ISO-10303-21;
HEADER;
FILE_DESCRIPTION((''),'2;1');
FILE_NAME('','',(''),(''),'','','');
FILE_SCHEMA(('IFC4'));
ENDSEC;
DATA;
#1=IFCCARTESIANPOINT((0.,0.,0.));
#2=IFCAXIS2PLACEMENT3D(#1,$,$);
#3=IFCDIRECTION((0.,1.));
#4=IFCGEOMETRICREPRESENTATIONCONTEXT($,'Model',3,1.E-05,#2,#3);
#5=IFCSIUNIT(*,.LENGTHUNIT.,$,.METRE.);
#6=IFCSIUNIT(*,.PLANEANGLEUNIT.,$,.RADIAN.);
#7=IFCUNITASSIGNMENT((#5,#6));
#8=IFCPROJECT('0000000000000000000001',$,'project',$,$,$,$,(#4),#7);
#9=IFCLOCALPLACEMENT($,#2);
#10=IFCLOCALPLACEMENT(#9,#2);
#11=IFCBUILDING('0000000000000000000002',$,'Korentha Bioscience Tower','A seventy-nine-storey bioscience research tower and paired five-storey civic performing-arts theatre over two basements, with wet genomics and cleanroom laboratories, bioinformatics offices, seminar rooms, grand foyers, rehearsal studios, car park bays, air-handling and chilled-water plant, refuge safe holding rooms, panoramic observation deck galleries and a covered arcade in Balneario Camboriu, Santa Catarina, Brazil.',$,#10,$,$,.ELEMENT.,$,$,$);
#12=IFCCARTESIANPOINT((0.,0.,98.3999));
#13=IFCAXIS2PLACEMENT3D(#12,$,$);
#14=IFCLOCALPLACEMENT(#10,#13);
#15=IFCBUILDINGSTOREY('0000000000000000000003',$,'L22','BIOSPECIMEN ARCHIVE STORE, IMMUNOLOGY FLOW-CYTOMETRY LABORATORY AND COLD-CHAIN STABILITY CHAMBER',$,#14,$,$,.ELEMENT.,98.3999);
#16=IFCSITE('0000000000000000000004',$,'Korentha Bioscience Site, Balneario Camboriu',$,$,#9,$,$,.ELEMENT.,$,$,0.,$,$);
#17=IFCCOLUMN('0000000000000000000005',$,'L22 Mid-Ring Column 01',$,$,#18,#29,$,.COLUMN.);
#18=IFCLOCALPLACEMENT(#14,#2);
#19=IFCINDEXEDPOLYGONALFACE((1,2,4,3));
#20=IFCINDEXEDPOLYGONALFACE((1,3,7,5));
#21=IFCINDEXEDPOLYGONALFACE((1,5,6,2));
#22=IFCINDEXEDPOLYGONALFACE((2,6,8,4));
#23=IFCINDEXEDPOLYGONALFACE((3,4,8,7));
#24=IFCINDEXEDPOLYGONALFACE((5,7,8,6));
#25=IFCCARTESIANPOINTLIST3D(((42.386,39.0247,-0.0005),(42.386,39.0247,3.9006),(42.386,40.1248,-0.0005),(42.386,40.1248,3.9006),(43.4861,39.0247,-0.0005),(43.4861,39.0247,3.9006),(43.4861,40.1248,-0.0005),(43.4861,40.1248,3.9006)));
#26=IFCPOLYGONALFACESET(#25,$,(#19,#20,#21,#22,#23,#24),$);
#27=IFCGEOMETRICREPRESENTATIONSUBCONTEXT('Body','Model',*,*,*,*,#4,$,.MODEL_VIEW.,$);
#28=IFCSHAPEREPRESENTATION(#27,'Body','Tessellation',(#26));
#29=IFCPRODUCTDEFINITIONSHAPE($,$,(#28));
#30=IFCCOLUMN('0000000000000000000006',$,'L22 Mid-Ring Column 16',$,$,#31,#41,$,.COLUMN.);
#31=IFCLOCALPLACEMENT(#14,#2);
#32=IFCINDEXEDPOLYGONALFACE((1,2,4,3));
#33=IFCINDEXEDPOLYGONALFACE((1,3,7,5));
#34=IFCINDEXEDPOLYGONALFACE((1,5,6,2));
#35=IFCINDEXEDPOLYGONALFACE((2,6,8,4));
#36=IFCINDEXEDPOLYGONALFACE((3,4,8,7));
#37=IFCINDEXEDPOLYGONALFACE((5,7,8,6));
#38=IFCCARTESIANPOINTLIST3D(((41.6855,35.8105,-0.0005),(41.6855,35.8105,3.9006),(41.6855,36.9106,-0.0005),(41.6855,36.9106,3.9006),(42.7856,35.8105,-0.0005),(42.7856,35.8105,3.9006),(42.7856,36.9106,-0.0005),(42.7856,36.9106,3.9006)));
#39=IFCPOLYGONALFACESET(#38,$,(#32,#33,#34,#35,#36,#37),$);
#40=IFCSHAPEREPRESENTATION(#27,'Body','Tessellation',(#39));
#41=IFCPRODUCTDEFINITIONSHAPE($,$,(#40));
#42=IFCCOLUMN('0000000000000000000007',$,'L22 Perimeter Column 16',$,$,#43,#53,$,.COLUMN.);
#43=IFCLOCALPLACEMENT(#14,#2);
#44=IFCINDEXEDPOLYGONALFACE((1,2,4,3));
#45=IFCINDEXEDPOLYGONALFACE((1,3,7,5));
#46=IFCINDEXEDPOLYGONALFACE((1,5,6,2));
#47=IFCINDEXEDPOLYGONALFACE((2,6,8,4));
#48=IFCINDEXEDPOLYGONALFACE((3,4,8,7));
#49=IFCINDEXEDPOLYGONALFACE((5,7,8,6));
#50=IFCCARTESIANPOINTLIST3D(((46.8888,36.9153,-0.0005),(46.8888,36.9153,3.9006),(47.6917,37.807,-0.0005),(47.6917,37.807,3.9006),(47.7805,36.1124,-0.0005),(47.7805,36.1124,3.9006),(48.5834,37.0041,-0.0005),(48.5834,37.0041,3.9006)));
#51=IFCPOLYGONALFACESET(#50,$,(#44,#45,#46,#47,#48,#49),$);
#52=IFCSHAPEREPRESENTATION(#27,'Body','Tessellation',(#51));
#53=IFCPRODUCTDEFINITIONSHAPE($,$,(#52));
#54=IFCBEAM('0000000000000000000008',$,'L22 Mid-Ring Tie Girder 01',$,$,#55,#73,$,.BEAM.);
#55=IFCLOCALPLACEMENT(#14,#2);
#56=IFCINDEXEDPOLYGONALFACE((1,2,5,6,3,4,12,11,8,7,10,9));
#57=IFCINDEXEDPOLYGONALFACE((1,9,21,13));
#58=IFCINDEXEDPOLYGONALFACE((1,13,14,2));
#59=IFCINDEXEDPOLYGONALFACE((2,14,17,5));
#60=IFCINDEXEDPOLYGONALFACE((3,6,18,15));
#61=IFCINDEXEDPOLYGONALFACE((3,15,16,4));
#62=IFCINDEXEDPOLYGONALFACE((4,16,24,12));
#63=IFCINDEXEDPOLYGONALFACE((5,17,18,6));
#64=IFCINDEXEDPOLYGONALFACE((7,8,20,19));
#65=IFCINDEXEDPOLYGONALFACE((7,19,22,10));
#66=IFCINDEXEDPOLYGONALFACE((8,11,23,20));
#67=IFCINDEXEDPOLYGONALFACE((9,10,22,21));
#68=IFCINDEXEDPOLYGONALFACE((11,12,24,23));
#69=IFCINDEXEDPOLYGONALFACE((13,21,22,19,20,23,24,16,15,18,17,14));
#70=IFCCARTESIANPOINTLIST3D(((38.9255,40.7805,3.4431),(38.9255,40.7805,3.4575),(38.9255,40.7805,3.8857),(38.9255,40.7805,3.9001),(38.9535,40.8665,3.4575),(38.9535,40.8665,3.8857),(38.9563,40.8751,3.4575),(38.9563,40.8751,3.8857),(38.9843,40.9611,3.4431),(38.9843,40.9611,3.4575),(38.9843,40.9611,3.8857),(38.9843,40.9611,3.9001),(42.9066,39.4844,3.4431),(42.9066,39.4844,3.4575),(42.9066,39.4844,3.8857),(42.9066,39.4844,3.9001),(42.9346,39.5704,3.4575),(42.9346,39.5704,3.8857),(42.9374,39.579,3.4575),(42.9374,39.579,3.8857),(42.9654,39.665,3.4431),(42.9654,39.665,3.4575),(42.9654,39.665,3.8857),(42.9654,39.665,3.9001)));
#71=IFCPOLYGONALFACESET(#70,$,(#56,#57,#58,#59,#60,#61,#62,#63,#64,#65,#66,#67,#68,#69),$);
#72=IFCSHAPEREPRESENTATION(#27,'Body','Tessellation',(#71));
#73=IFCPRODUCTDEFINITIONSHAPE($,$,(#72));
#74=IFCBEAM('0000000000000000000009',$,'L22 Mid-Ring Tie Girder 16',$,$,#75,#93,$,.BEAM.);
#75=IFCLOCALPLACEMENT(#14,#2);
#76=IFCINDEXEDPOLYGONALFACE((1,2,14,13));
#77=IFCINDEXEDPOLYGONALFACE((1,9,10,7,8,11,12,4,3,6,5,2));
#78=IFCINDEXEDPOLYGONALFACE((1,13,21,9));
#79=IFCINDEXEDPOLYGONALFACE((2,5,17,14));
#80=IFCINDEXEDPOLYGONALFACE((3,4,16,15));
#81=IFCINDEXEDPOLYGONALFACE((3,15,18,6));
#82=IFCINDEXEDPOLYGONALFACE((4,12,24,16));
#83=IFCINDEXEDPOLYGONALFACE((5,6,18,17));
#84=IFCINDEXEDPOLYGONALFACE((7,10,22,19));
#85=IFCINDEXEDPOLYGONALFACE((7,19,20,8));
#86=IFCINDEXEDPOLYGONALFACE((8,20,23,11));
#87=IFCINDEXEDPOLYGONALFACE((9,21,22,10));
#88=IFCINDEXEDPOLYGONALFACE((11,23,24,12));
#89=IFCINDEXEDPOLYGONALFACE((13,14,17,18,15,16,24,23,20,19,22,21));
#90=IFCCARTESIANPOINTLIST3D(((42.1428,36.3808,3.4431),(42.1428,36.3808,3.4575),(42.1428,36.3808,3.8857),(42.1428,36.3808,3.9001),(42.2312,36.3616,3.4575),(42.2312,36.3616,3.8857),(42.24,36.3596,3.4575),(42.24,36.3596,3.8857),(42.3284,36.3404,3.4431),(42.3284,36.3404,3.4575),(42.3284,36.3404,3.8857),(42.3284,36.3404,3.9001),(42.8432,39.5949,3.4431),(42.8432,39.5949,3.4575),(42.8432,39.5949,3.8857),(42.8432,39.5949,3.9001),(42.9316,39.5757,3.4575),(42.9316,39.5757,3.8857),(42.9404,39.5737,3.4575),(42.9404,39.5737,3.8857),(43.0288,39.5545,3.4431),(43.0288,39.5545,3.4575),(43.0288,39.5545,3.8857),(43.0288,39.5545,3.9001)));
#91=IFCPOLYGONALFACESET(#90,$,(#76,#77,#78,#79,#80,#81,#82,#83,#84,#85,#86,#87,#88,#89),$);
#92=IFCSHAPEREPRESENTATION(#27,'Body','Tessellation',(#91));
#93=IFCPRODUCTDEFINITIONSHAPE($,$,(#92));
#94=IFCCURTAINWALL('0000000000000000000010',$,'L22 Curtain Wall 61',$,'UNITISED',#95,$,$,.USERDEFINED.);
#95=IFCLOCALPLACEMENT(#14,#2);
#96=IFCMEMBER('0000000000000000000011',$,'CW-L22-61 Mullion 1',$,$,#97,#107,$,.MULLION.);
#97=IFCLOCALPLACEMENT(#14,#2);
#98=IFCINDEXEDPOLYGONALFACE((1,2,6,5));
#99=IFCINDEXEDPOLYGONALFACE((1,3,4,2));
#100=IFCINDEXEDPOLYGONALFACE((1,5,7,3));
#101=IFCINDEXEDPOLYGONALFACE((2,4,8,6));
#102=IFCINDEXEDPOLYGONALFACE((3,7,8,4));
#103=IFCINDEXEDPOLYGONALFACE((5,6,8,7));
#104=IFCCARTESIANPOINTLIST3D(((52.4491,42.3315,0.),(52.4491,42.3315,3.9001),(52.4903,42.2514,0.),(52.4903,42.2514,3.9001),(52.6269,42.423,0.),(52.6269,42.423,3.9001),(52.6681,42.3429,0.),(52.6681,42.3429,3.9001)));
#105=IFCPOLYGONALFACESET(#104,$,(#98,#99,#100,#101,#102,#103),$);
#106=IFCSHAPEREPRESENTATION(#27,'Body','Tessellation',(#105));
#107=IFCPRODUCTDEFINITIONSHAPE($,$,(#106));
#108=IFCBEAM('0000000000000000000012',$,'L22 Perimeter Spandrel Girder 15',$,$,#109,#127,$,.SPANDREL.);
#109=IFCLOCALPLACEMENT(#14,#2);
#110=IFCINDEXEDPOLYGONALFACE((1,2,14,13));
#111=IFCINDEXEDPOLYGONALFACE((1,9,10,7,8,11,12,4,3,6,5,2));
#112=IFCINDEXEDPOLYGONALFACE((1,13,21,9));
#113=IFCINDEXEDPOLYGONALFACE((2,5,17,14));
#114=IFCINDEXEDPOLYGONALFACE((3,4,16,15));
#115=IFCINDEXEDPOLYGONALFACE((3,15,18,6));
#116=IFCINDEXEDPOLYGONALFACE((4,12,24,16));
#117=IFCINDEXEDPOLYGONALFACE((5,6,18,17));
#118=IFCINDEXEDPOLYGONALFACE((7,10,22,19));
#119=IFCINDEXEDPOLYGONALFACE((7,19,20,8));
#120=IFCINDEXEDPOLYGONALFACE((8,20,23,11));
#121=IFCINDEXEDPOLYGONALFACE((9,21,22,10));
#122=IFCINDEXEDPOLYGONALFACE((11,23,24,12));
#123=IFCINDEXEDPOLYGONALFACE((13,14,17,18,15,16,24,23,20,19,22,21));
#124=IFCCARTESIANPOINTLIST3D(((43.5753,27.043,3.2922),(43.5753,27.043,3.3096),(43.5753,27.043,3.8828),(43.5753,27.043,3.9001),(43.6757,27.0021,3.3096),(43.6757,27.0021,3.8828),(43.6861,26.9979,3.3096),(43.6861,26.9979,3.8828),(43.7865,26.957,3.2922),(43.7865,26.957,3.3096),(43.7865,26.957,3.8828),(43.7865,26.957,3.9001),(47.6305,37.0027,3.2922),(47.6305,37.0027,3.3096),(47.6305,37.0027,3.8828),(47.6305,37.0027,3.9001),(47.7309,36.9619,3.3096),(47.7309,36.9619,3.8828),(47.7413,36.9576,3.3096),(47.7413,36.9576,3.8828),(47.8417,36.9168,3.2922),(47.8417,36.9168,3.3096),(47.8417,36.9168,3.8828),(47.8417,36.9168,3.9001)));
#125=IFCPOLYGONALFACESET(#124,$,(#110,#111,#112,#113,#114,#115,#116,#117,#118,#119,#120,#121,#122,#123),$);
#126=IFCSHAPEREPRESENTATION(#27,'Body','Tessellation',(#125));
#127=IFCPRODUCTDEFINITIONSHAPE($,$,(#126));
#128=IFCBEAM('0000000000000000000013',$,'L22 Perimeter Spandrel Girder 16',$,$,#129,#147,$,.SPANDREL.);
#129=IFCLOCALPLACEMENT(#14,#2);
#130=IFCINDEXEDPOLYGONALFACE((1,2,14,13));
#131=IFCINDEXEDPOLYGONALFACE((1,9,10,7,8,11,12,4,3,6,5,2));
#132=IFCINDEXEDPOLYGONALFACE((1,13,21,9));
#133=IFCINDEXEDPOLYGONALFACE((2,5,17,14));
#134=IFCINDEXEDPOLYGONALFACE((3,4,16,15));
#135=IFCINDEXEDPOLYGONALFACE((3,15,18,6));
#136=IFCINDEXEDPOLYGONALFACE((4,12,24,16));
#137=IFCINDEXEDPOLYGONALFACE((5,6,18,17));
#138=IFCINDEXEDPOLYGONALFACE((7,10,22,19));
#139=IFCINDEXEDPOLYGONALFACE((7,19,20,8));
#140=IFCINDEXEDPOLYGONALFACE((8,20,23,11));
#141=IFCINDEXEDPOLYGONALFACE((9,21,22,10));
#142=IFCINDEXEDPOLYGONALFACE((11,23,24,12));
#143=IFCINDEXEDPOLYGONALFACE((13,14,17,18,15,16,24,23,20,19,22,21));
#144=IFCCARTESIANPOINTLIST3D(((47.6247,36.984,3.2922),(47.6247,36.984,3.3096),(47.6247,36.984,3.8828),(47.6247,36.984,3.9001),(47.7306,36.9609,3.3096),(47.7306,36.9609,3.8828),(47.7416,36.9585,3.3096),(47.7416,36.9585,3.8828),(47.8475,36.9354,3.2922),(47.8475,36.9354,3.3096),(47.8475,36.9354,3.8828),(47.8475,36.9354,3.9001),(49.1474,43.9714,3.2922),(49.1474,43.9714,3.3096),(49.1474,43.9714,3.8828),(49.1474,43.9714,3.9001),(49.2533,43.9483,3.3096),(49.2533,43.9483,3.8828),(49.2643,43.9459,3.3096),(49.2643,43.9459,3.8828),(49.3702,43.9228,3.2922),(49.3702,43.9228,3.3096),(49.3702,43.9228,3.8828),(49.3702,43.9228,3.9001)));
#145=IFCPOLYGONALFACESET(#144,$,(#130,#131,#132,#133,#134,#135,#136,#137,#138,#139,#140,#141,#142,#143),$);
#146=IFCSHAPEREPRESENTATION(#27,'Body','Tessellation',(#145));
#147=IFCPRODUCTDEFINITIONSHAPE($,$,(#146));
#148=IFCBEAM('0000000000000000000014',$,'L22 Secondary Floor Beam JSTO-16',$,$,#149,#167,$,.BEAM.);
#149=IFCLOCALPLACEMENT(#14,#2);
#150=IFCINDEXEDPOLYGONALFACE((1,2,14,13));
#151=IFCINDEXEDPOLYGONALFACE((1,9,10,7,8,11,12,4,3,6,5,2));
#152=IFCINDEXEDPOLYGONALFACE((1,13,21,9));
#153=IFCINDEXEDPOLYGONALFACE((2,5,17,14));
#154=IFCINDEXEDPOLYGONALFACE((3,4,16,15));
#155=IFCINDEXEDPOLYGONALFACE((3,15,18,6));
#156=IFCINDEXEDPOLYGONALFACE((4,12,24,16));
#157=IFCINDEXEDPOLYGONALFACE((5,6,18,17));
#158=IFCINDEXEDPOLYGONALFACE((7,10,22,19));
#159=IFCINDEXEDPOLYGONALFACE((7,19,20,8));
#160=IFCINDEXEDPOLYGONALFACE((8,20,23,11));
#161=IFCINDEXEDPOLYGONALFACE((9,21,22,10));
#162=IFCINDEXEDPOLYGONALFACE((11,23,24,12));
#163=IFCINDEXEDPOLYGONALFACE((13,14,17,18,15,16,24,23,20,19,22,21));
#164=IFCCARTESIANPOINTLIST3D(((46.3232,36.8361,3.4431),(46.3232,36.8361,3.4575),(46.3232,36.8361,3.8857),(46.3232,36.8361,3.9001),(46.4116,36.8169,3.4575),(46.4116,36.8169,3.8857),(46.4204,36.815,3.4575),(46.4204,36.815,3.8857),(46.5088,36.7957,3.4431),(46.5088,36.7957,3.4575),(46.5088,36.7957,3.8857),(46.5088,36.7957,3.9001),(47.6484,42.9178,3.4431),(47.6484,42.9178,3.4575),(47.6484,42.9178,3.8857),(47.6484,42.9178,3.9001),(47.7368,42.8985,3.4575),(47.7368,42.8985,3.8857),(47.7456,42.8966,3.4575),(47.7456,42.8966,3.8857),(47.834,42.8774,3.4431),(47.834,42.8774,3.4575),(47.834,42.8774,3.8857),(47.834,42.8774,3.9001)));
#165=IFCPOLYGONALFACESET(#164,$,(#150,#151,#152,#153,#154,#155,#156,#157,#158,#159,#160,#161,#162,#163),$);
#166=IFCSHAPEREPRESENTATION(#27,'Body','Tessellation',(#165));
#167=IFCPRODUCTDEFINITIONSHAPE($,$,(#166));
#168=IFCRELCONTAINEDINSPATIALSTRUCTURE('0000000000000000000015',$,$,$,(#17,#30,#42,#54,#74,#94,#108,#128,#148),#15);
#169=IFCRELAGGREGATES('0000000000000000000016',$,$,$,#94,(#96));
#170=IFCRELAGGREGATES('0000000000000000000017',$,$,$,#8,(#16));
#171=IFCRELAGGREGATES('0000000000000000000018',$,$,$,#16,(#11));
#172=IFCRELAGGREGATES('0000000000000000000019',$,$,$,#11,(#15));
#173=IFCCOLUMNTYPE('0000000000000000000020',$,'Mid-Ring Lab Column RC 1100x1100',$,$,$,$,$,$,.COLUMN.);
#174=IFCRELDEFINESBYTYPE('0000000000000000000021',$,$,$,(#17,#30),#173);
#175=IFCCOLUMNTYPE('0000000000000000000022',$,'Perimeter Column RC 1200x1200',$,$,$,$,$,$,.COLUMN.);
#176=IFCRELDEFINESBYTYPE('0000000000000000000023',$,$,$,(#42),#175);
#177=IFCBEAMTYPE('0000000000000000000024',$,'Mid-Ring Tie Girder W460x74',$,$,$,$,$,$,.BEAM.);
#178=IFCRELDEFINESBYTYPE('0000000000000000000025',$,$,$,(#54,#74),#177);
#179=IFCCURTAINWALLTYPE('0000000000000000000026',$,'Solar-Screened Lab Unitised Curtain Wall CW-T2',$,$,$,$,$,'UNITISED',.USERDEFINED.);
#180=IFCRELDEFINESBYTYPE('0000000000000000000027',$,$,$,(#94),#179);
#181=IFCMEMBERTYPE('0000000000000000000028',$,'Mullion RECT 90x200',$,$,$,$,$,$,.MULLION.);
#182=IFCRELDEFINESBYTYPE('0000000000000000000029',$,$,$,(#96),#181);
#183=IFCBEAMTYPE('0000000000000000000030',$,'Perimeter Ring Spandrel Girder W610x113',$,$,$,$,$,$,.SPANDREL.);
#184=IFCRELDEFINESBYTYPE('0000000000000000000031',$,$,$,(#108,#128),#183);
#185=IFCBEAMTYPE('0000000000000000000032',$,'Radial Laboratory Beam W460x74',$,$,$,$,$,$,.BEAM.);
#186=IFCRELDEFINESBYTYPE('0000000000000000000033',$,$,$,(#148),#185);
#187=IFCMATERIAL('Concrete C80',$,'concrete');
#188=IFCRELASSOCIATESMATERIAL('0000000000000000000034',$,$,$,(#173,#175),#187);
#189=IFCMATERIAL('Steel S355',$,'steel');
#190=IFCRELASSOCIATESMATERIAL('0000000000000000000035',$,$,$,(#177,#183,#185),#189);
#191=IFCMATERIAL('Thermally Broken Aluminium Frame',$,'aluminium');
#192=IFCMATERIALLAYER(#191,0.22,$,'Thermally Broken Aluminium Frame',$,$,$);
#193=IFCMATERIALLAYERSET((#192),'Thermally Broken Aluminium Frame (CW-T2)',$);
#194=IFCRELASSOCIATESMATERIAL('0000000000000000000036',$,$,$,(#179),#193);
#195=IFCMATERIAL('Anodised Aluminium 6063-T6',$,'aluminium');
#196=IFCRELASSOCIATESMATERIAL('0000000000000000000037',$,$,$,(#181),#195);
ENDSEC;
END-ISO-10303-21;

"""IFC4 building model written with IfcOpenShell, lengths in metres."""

from ifc_helpers import new_model, si_unit, direction, frame, origin, origin_2d, place, context, subcontext, project, spatial, rectangle, i_section, extrude, material, layer, layer_set, material_profile, profile_set, type_object, element, aggregate, save


model = new_model("IFC4")

# Units and contexts
model_context = context("Model", 3, precision=1e-05, world=origin(), true_north=direction((0.0, 1.0)))
body_context = subcontext(model_context, "Body", "Model", "MODEL_VIEW")
ifc_project = project(units=[si_unit("LENGTHUNIT", "METRE"), si_unit("PLANEANGLEUNIT", "RADIAN")], contexts=[model_context])

# Site, building, storey
site_placement = place(None, origin())
site = spatial("IfcSite", under=ifc_project, at=site_placement, Name="Korentha Bioscience Site, Balneario Camboriu", CompositionType="ELEMENT", RefElevation=0.0)
building_placement = place(site_placement, origin())
building = spatial("IfcBuilding", under=site, at=building_placement, Name="Korentha Bioscience Tower", Description="A seventy-nine-storey bioscience research tower and paired five-storey civic performing-arts theatre over two basements, with wet genomics and cleanroom laboratories, bioinformatics offices, seminar rooms, grand foyers, rehearsal studios, car park bays, air-handling and chilled-water plant, refuge safe holding rooms, panoramic observation deck galleries and a covered arcade in Balneario Camboriu, Santa Catarina, Brazil.", CompositionType="ELEMENT")
storey_placement = place(building_placement, frame((0.0, 0.0, 98.3999)))
storey = spatial("IfcBuildingStorey", under=building, at=storey_placement, Name="L22", Description="BIOSPECIMEN ARCHIVE STORE, IMMUNOLOGY FLOW-CYTOMETRY LABORATORY AND COLD-CHAIN STABILITY CHAMBER", CompositionType="ELEMENT", Elevation=98.3999)

# Columns
ifc_material_1 = material(Name="Concrete C80", Category="concrete")
ifc_material_profile_1 = material_profile(ifc_material_1, rectangle(XDim=1.1001, YDim=1.1001, at=origin_2d()), Name="Concrete C80")
ifc_profile_set_1 = profile_set([ifc_material_profile_1], Name="Concrete C80 (COL-MR11)")
column_type_1 = type_object("IfcColumnType", Name="Mid-Ring Lab Column RC 1100x1100", PredefinedType="COLUMN", material=ifc_profile_set_1)
for number, where, z_axis, x_axis, name in (
    (1, (42.936, 39.5747, -0.0005), (0.0, 0.0, 1.0), (1.0, 0.0, 0.0), "L22 Mid-Ring Column 01"),
    (2, (42.2356, 36.3606, -0.0005), (0.0, 0.0, 1.0), (1.0, 0.0, 0.0), "L22 Mid-Ring Column 16"),
):
    element("IfcColumn", number, at=place(storey_placement, frame(where, z_axis=z_axis, x_axis=x_axis)), inside=storey, type_object=column_type_1, Name=name, PredefinedType="COLUMN", context=body_context, shape_type="SweptSolid", body=[
        extrude(rectangle(XDim=1.1001, YDim=1.1001, at=origin_2d()), origin(), (0.0, 0.0, 1.0), 3.9011),
    ])
ifc_material_profile_2 = material_profile(ifc_material_1, rectangle(XDim=1.2, YDim=1.2, at=origin_2d()), Name="Concrete C80")
ifc_profile_set_2 = profile_set([ifc_material_profile_2], Name="Concrete C80 (COL-P12)")
column_type_2 = type_object("IfcColumnType", Name="Perimeter Column RC 1200x1200", PredefinedType="COLUMN", material=ifc_profile_set_2)
column_placement = place(storey_placement, frame((47.7361, 36.9597, -0.0005), z_axis=(0.0, 0.0, 1.0), x_axis=(0.669131, 0.743145, 0.0)))
element("IfcColumn", 3, at=column_placement, inside=storey, type_object=column_type_2, Name="L22 Perimeter Column 16", PredefinedType="COLUMN", context=body_context, shape_type="SweptSolid", body=[
    extrude(rectangle(XDim=1.2, YDim=1.2, at=origin_2d()), origin(), (0.0, 0.0, 1.0), 3.9011),
])

# Beams
ifc_material_2 = material(Name="Steel S355", Category="steel")
ifc_material_profile_3 = material_profile(ifc_material_2, i_section(OverallWidth=0.1899, OverallDepth=0.457, WebThickness=0.009, FlangeThickness=0.0144, at=origin_2d()), Name="Steel S355")
ifc_profile_set_3 = profile_set([ifc_material_profile_3], Name="Steel S355 (MB-460)")
beam_type_1 = type_object("IfcBeamType", Name="Mid-Ring Tie Girder W460x74", PredefinedType="BEAM", material=ifc_profile_set_3)
beam_1_placement = place(storey_placement, frame((42.936, 39.5747, 3.6716), z_axis=(-0.950876, 0.309573, 0.0), x_axis=(-0.309573, -0.950876, 0.0)))
element("IfcBeam", 4, at=beam_1_placement, inside=storey, type_object=beam_type_1, Name="L22 Mid-Ring Tie Girder 01", PredefinedType="BEAM", context=body_context, shape_type="SweptSolid", body=[
    extrude(i_section(OverallWidth=0.1899, OverallDepth=0.457, WebThickness=0.009, FlangeThickness=0.0144, at=origin_2d()), origin(), (0.0, 0.0, 1.0), 4.1868),
])
beam_2_placement = place(storey_placement, frame((42.2356, 36.3606, 3.6716), z_axis=(0.212929, 0.977068, 0.0), x_axis=(-0.977068, 0.212929, 0.0)))
element("IfcBeam", 5, at=beam_2_placement, inside=storey, type_object=beam_type_1, Name="L22 Mid-Ring Tie Girder 16", PredefinedType="BEAM", context=body_context, shape_type="SweptSolid", body=[
    extrude(i_section(OverallWidth=0.1899, OverallDepth=0.457, WebThickness=0.009, FlangeThickness=0.0144, at=origin_2d()), origin(), (0.0, 0.0, 1.0), 3.2896),
])

# Curtain wall, member
ifc_material_3 = material(Name="Thermally Broken Aluminium Frame", Category="aluminium")
ifc_layer_1 = layer(ifc_material_3, 0.22, Name="Thermally Broken Aluminium Frame")
ifc_layer_set_1 = layer_set([ifc_layer_1], Name="Thermally Broken Aluminium Frame (CW-T2)")
curtain_wall_type = type_object("IfcCurtainWallType", Name="Solar-Screened Lab Unitised Curtain Wall CW-T2", ElementType="UNITISED", PredefinedType="USERDEFINED", material=ifc_layer_set_1)
curtain_wall_placement = place(storey_placement, origin())
curtain_wall = element("IfcCurtainWall", 6, at=curtain_wall_placement, inside=storey, type_object=curtain_wall_type, Name="L22 Curtain Wall 61", ObjectType="UNITISED", PredefinedType="USERDEFINED")
ifc_material_4 = material(Name="Anodised Aluminium 6063-T6", Category="aluminium")
ifc_material_profile_4 = material_profile(ifc_material_4, rectangle(XDim=0.0901, YDim=0.2, at=origin_2d()), Name="Anodised Aluminium 6063-T6")
ifc_profile_set_4 = profile_set([ifc_material_profile_4], Name="Anodised Aluminium 6063-T6 (CW-MUL)")
member_type_1 = type_object("IfcMemberType", Name="Mullion RECT 90x200", PredefinedType="MULLION", material=ifc_profile_set_4)
member_1_placement = place(storey_placement, frame((52.5586, 42.3372, 0.0), z_axis=(0.0, 0.0, 1.0), x_axis=(-0.457613, 0.889151, 0.0)))
member_1 = element("IfcMember", 7, at=member_1_placement, type_object=member_type_1, Name="CW-L22-61 Mullion 1", PredefinedType="MULLION", context=body_context, shape_type="SweptSolid", body=[
    extrude(rectangle(XDim=0.0901, YDim=0.2, at=origin_2d()), origin(), (0.0, 0.0, 1.0), 3.9001),
])

# Beams
ifc_material_profile_5 = material_profile(ifc_material_2, i_section(OverallWidth=0.228, OverallDepth=0.6079, WebThickness=0.0112, FlangeThickness=0.0173, at=origin_2d()), Name="Steel S355")
ifc_profile_set_5 = profile_set([ifc_material_profile_5], Name="Steel S355 (SB-610)")
beam_type_2 = type_object("IfcBeamType", Name="Perimeter Ring Spandrel Girder W610x113", PredefinedType="SPANDREL", material=ifc_profile_set_5)
beam_3_placement = place(storey_placement, frame((43.6809, 27.0, 3.5962), z_axis=(0.377099, 0.926173, 0.0), x_axis=(-0.926173, 0.377099, 0.0)))
element("IfcBeam", 8, at=beam_3_placement, inside=storey, type_object=beam_type_2, Name="L22 Perimeter Spandrel Girder 15", PredefinedType="SPANDREL", context=body_context, shape_type="SweptSolid", body=[
    extrude(i_section(OverallWidth=0.228, OverallDepth=0.6079, WebThickness=0.0112, FlangeThickness=0.0173, at=origin_2d()), origin(), (0.0, 0.0, 1.0), 10.7537),
])
beam_4_placement = place(storey_placement, frame((47.7361, 36.9597, 3.5962), z_axis=(0.212927, 0.977068, 0.0), x_axis=(-0.977068, 0.212927, 0.0)))
element("IfcBeam", 9, at=beam_4_placement, inside=storey, type_object=beam_type_2, Name="L22 Perimeter Spandrel Girder 16", PredefinedType="SPANDREL", context=body_context, shape_type="SweptSolid", body=[
    extrude(i_section(OverallWidth=0.228, OverallDepth=0.6079, WebThickness=0.0112, FlangeThickness=0.0173, at=origin_2d()), origin(), (0.0, 0.0, 1.0), 7.1514),
])
ifc_material_profile_6 = material_profile(ifc_material_2, i_section(OverallWidth=0.1899, OverallDepth=0.457, WebThickness=0.009, FlangeThickness=0.0144, at=origin_2d()), Name="Steel S355")
ifc_profile_set_6 = profile_set([ifc_material_profile_6], Name="Steel S355 (RB-460)")
beam_type_3 = type_object("IfcBeamType", Name="Radial Laboratory Beam W460x74", PredefinedType="BEAM", material=ifc_profile_set_6)
beam_5_placement = place(storey_placement, frame((46.416, 36.8159, 3.6716), z_axis=(0.212908, 0.977072, 0.0), x_axis=(-0.977072, 0.212908, 0.0)))
element("IfcBeam", 10, at=beam_5_placement, inside=storey, type_object=beam_type_3, Name="L22 Secondary Floor Beam JSTO-16", PredefinedType="BEAM", context=body_context, shape_type="SweptSolid", body=[
    extrude(i_section(OverallWidth=0.1899, OverallDepth=0.457, WebThickness=0.009, FlangeThickness=0.0144, at=origin_2d()), origin(), (0.0, 0.0, 1.0), 6.2244),
])

aggregate(curtain_wall, [member_1])

save(model, "model.ifc")
